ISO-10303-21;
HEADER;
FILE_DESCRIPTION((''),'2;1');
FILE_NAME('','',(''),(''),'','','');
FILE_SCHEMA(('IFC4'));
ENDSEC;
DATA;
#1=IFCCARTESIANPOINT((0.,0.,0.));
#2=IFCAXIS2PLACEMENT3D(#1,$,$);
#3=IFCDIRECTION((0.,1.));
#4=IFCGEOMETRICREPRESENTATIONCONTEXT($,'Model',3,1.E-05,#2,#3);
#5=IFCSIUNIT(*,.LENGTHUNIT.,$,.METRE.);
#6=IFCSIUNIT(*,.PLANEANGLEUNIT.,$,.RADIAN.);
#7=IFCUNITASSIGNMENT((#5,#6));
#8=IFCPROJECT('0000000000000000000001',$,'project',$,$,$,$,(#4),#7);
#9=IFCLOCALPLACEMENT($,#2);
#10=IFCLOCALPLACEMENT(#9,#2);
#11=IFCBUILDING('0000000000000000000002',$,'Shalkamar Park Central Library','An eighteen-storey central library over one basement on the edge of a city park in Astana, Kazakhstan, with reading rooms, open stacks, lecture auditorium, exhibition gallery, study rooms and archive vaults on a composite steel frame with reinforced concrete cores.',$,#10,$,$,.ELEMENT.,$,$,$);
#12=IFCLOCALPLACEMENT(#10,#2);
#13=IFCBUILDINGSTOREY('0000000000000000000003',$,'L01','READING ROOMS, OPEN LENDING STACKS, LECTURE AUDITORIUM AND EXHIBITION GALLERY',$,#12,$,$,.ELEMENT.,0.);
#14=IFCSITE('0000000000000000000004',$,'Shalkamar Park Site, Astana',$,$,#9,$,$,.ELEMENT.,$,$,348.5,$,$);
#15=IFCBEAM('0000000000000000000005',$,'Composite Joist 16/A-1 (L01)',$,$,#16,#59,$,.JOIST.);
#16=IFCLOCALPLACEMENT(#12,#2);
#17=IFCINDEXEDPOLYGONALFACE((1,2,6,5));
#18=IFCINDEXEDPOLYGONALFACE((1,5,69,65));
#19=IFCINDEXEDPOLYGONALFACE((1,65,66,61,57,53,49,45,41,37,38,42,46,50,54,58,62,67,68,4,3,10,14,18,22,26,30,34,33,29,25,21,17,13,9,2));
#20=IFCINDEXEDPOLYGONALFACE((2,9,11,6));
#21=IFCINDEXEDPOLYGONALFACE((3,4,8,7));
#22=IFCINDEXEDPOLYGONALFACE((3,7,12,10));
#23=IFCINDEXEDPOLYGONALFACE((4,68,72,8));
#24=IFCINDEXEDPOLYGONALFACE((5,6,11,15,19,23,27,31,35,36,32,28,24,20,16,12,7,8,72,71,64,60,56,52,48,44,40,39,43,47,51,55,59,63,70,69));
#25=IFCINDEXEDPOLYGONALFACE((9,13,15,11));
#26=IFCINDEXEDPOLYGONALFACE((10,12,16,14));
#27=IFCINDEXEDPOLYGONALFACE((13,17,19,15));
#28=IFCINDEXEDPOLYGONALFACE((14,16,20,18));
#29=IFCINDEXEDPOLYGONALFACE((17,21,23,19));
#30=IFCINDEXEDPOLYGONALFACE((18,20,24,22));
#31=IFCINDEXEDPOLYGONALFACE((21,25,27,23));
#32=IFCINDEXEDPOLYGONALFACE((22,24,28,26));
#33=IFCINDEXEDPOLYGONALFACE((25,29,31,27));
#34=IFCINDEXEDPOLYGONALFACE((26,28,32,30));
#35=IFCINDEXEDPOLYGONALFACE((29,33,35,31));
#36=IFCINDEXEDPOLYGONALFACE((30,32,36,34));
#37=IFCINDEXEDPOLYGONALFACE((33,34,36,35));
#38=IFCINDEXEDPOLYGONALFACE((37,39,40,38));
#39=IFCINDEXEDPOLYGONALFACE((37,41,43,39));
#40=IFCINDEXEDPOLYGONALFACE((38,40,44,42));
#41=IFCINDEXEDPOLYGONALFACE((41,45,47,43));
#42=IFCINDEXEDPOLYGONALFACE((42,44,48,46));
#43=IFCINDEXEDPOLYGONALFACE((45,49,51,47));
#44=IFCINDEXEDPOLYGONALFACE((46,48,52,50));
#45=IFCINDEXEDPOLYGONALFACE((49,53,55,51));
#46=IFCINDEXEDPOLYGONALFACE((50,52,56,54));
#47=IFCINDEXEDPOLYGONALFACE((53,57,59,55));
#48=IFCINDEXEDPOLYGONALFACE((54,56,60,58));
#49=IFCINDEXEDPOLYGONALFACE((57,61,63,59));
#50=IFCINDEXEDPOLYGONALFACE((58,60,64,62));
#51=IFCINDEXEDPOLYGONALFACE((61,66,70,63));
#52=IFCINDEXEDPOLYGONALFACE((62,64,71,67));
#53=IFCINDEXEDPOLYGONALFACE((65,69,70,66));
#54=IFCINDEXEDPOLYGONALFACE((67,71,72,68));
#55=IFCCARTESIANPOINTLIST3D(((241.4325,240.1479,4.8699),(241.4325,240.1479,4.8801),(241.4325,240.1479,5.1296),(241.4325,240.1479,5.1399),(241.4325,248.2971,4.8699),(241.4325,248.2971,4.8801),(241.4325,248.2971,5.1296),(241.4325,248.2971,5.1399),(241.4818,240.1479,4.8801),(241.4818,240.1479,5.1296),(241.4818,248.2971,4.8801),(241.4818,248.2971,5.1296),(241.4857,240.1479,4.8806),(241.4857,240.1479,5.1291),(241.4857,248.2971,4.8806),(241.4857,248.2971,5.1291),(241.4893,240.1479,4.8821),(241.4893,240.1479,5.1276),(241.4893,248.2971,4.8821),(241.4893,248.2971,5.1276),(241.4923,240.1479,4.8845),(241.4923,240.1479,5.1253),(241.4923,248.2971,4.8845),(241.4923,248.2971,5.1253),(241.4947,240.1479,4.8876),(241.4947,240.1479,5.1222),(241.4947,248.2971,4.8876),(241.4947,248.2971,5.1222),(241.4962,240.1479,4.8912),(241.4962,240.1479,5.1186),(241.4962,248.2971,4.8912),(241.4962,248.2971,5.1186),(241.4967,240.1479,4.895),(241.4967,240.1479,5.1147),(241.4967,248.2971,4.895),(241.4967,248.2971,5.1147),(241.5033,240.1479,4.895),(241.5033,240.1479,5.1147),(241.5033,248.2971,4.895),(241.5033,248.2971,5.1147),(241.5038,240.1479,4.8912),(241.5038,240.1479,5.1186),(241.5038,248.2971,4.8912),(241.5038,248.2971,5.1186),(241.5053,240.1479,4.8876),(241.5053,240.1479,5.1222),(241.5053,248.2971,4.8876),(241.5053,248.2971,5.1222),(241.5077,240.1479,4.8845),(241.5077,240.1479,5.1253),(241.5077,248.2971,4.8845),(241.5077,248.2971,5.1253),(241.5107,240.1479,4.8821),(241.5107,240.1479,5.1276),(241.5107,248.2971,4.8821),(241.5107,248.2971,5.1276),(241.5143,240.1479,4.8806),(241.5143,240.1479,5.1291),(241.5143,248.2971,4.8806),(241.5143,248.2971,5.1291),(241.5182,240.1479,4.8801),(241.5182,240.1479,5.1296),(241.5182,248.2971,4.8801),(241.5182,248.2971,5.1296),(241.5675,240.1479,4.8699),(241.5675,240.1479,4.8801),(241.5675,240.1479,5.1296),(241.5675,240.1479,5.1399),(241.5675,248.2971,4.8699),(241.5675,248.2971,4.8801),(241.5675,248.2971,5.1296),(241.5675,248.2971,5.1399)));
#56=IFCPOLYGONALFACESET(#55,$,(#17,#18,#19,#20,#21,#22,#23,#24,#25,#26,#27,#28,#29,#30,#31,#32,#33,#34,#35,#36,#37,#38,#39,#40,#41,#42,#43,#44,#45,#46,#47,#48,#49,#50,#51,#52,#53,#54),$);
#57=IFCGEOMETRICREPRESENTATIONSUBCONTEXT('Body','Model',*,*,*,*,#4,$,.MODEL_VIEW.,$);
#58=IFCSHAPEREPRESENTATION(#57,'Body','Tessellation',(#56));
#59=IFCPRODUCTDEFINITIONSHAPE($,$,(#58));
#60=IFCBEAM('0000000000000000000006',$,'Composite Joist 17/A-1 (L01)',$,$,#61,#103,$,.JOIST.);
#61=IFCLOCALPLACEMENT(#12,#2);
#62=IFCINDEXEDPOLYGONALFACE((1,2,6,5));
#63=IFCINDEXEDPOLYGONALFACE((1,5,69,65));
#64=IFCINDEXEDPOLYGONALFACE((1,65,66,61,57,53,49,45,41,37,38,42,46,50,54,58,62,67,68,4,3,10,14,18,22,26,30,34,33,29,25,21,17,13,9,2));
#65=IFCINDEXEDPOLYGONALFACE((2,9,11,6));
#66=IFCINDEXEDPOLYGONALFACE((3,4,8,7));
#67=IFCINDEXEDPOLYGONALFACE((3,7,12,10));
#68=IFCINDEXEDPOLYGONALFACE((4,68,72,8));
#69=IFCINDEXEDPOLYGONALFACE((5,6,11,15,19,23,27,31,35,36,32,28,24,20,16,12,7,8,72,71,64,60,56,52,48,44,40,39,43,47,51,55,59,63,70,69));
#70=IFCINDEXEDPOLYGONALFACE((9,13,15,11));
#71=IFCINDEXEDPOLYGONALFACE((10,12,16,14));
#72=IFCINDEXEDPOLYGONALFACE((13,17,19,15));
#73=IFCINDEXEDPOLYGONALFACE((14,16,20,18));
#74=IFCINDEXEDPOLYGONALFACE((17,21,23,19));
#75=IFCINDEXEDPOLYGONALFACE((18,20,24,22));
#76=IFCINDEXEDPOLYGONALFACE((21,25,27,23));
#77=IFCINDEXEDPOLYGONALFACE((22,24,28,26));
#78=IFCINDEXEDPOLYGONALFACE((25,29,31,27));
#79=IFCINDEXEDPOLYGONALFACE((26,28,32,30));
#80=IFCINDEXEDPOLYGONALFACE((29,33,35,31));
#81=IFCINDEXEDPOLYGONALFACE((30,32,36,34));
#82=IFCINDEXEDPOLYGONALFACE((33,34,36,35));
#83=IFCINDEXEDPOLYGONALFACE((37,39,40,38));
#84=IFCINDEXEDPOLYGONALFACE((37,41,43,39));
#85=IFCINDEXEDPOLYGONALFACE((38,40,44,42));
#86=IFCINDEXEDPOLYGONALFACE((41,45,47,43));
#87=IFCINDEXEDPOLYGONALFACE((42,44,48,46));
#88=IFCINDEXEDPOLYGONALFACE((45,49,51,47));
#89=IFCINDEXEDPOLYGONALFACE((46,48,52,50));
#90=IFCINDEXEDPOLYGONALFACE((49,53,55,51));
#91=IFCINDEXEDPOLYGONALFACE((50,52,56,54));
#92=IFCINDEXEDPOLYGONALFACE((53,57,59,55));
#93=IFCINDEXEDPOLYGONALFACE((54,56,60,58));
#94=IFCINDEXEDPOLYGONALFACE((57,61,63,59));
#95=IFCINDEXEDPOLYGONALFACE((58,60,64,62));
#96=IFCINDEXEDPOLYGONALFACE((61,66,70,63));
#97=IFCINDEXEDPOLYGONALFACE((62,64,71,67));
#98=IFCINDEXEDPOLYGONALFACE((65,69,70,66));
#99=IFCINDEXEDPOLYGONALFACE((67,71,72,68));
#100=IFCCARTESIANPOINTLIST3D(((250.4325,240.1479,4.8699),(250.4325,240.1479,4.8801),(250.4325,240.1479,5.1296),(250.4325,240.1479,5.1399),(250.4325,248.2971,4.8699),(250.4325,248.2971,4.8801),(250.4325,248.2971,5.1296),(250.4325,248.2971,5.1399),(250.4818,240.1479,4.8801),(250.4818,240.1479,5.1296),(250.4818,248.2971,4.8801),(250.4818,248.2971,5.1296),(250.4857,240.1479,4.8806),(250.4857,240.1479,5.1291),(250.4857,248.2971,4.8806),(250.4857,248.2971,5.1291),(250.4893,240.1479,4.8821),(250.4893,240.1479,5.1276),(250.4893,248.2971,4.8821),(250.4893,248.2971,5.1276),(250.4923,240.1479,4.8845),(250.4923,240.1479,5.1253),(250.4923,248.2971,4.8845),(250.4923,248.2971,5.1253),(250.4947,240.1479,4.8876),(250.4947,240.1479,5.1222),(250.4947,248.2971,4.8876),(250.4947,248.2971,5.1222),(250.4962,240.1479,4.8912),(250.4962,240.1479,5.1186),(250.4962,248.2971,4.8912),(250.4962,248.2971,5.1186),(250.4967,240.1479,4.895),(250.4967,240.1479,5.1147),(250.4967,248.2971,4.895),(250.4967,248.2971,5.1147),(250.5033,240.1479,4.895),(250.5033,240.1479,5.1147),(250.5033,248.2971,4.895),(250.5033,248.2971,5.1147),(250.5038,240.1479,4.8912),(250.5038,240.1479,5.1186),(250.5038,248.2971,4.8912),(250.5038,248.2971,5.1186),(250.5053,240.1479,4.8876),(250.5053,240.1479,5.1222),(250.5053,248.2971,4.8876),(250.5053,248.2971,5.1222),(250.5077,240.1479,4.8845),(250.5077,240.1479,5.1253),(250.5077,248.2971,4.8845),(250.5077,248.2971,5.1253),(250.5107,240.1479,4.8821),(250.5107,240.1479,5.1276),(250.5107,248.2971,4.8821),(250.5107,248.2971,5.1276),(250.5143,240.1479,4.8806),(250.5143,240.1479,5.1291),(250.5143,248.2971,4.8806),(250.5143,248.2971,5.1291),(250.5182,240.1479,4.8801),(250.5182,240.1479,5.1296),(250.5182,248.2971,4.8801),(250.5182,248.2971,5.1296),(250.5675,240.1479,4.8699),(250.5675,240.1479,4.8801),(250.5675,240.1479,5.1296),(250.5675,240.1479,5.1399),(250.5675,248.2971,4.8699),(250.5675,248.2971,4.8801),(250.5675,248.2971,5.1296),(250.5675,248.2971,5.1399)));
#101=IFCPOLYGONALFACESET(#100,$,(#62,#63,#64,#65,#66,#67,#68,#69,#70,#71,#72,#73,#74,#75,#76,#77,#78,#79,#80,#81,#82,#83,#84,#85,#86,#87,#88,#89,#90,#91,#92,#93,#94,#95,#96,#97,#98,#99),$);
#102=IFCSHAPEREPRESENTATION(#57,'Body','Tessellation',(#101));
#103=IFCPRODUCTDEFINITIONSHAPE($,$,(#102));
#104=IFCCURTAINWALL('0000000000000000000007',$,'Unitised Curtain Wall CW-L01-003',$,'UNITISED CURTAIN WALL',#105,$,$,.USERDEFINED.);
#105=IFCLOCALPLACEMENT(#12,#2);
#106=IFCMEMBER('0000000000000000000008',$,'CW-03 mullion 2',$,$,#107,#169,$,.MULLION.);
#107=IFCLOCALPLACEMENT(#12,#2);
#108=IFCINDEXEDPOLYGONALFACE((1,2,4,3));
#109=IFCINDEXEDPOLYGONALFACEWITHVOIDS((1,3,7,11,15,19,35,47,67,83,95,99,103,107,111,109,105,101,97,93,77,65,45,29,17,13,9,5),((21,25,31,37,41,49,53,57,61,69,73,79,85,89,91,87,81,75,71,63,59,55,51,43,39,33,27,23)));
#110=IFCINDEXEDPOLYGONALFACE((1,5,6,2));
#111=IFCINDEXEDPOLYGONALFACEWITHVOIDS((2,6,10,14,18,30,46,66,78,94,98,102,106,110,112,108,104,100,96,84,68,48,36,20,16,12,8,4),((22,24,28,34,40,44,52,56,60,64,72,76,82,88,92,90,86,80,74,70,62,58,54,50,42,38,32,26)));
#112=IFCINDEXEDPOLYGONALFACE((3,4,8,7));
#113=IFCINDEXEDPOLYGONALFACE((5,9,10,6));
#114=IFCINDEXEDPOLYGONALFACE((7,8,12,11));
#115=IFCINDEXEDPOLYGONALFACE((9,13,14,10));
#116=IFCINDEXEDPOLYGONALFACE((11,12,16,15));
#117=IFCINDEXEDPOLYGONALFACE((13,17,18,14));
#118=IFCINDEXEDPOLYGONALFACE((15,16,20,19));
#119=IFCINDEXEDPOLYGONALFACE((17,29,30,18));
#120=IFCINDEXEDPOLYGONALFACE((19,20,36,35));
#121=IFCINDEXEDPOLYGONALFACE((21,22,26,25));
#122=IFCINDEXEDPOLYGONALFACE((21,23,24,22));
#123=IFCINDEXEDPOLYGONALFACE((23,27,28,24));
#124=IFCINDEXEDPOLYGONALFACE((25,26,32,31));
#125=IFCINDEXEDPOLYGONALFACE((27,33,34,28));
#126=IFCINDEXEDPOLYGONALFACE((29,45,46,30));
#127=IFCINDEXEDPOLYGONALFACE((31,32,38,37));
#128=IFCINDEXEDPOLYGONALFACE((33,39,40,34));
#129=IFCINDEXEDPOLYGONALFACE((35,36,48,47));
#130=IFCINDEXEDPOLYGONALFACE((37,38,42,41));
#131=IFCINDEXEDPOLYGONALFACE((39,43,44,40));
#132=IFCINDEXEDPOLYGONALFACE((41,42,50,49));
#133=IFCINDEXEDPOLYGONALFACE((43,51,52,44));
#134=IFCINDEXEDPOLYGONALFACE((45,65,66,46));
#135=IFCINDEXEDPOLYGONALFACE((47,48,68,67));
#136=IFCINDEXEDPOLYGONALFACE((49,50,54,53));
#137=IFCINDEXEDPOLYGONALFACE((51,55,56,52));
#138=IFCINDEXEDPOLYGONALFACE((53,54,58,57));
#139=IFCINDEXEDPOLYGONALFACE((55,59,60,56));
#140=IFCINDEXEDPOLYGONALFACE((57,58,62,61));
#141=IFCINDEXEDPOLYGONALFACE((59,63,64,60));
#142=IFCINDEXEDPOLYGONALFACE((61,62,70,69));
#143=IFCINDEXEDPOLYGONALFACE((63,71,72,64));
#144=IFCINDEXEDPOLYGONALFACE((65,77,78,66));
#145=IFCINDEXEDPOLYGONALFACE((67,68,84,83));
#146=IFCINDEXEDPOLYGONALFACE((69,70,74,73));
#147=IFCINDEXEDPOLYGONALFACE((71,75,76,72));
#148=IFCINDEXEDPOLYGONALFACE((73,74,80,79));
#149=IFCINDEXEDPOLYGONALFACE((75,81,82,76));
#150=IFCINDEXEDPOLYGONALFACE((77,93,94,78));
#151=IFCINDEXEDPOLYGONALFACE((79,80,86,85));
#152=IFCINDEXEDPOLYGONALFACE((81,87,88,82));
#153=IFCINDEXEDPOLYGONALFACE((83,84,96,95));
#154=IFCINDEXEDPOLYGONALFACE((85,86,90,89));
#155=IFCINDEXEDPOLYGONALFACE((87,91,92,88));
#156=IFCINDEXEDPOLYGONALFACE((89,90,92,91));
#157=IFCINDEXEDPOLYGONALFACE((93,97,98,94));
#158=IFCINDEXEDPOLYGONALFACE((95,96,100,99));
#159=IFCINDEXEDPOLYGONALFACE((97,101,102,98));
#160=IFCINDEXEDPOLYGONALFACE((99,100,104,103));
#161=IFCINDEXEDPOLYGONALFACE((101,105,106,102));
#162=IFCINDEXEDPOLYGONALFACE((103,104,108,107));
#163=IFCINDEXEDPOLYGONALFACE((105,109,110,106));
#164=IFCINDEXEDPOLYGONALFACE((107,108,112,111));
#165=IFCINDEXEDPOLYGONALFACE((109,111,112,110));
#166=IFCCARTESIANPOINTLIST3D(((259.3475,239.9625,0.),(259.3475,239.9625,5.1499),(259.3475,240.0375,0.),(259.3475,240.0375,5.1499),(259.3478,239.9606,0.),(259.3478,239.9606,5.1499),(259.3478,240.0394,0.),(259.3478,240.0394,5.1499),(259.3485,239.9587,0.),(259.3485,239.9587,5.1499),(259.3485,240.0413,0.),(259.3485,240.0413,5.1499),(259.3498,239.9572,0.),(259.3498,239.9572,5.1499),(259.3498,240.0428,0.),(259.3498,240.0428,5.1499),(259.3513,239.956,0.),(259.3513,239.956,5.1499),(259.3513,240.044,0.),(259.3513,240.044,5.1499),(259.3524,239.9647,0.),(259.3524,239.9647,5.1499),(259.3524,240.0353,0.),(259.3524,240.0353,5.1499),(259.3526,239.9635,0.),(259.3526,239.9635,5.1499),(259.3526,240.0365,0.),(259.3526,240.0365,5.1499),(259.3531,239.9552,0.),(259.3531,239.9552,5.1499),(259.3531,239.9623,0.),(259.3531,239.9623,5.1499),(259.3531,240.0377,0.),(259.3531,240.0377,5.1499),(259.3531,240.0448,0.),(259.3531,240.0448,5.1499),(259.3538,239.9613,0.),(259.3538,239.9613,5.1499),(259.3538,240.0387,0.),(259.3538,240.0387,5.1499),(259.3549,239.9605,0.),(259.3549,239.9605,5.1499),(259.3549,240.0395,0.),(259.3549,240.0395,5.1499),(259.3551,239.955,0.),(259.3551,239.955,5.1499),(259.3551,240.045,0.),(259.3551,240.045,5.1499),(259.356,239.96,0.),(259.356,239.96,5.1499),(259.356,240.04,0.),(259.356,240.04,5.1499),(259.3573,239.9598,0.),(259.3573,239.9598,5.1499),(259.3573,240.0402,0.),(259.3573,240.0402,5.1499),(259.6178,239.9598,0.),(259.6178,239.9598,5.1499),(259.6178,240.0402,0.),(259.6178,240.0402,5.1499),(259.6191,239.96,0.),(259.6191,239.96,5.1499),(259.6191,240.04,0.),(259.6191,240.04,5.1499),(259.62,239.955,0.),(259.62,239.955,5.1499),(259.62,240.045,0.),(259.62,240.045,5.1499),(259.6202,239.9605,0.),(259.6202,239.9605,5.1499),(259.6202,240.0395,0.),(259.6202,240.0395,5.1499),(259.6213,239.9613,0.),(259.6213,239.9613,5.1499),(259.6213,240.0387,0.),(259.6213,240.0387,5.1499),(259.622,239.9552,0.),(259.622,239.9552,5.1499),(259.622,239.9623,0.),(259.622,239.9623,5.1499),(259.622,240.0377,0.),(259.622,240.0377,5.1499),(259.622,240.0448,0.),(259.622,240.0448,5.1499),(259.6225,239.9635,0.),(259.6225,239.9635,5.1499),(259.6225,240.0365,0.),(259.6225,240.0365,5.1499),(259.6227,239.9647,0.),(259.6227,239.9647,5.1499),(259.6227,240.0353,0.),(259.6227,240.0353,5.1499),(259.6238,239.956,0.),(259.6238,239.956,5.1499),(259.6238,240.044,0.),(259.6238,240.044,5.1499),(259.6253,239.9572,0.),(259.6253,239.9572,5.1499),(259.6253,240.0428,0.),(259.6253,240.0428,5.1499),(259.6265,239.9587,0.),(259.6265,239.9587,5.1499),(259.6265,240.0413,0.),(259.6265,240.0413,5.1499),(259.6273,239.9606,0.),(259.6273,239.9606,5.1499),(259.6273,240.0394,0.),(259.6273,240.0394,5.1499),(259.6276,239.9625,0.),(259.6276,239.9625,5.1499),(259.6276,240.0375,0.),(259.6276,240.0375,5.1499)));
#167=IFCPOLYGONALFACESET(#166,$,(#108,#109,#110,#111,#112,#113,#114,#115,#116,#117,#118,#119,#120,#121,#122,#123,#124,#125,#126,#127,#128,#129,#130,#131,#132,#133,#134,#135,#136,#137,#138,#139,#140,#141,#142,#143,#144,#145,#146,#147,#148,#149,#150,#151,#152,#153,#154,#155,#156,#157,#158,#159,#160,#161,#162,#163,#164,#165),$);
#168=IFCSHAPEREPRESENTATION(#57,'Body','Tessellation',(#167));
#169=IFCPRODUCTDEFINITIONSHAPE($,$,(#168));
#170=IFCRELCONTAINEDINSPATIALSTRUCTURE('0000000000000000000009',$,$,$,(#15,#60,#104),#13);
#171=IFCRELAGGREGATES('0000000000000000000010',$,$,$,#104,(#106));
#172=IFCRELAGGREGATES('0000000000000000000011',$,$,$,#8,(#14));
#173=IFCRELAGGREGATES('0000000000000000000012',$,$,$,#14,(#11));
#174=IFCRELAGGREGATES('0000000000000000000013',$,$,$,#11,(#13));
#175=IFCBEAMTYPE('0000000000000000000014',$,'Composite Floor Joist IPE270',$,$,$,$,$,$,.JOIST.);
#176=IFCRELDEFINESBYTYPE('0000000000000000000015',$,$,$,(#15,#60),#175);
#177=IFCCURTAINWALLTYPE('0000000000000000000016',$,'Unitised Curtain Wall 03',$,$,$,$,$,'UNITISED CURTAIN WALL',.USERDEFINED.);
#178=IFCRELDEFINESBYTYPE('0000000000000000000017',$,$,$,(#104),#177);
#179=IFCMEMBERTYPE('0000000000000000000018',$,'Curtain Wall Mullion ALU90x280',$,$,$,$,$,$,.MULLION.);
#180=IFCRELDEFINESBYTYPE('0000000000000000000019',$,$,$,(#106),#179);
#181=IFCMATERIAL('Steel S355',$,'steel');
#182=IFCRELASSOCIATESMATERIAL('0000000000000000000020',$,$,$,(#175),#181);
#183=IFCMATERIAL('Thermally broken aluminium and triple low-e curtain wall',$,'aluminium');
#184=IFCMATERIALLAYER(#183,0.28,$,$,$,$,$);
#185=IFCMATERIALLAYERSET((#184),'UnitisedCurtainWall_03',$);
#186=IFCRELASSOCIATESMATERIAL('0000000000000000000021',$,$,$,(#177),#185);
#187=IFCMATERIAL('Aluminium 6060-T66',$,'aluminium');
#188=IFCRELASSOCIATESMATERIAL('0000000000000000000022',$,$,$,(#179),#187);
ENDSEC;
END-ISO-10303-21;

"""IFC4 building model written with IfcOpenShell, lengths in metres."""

from ifc_helpers import new_model, si_unit, direction, frame, origin, origin_2d, place, context, subcontext, project, spatial, hollow_rectangle, i_section, extrude, material, layer, layer_set, material_profile, profile_set, type_object, element, aggregate, save


model = new_model("IFC4")

# Units and contexts
model_context = context("Model", 3, precision=1e-05, world=origin(), true_north=direction((0.0, 1.0)))
body_context = subcontext(model_context, "Body", "Model", "MODEL_VIEW")
ifc_project = project(units=[si_unit("LENGTHUNIT", "METRE"), si_unit("PLANEANGLEUNIT", "RADIAN")], contexts=[model_context])

# Site, building, storey
site_placement = place(None, origin())
site = spatial("IfcSite", under=ifc_project, at=site_placement, Name="Shalkamar Park Site, Astana", CompositionType="ELEMENT", RefElevation=348.5)
building_placement = place(site_placement, origin())
building = spatial("IfcBuilding", under=site, at=building_placement, Name="Shalkamar Park Central Library", Description="An eighteen-storey central library over one basement on the edge of a city park in Astana, Kazakhstan, with reading rooms, open stacks, lecture auditorium, exhibition gallery, study rooms and archive vaults on a composite steel frame with reinforced concrete cores.", CompositionType="ELEMENT")
storey_placement = place(building_placement, origin())
storey = spatial("IfcBuildingStorey", under=building, at=storey_placement, Name="L01", Description="READING ROOMS, OPEN LENDING STACKS, LECTURE AUDITORIUM AND EXHIBITION GALLERY", CompositionType="ELEMENT", Elevation=0.0)

# Shared definitions
ifc_material_1 = material(Name="Steel S355", Category="steel")

# Beams
ifc_material_profile_1 = material_profile(ifc_material_1, i_section(OverallWidth=0.135, OverallDepth=0.27, WebThickness=0.0066, FlangeThickness=0.0103, FilletRadius=0.0149, at=origin_2d()), Name="IPE 270")
ifc_profile_set_1 = profile_set([ifc_material_profile_1], Name="Steel S355")
beam_type_1 = type_object("IfcBeamType", Name="Composite Floor Joist IPE270", PredefinedType="JOIST", material=ifc_profile_set_1)
for number, where, z_axis, x_axis, name in (
    (1, (241.5, 240.1479, 5.0049), (0.0, 1.0, 0.0), (-1.0, 0.0, 0.0), "Composite Joist 16/A-1 (L01)"),
    (2, (250.5, 240.1479, 5.0049), (0.0, 1.0, 0.0), (-1.0, 0.0, 0.0), "Composite Joist 17/A-1 (L01)"),
):
    element("IfcBeam", number, at=place(storey_placement, frame(where, z_axis=z_axis, x_axis=x_axis)), inside=storey, type_object=beam_type_1, Name=name, PredefinedType="JOIST", context=body_context, shape_type="SweptSolid", body=[
        extrude(i_section(OverallWidth=0.135, OverallDepth=0.27, WebThickness=0.0066, FlangeThickness=0.0103, FilletRadius=0.0149, at=origin_2d()), origin(), (0.0, 0.0, 1.0), 8.1492),
    ])

# Curtain wall, member
ifc_material_2 = material(Name="Thermally broken aluminium and triple low-e curtain wall", Category="aluminium")
ifc_layer_1 = layer(ifc_material_2, 0.28)
ifc_layer_set_1 = layer_set([ifc_layer_1], Name="UnitisedCurtainWall_03")
curtain_wall_type = type_object("IfcCurtainWallType", Name="Unitised Curtain Wall 03", ElementType="UNITISED CURTAIN WALL", PredefinedType="USERDEFINED", material=ifc_layer_set_1)
curtain_wall_placement = place(storey_placement, origin())
curtain_wall = element("IfcCurtainWall", 3, at=curtain_wall_placement, inside=storey, type_object=curtain_wall_type, Name="Unitised Curtain Wall CW-L01-003", ObjectType="UNITISED CURTAIN WALL", PredefinedType="USERDEFINED")
ifc_material_3 = material(Name="Aluminium 6060-T66", Category="aluminium")
ifc_material_profile_2 = material_profile(ifc_material_3, hollow_rectangle(XDim=0.0901, YDim=0.28, WallThickness=0.0049, InnerFilletRadius=0.0049, OuterFilletRadius=0.0076, at=origin_2d()), Name="ALU 90x280x5")
ifc_profile_set_2 = profile_set([ifc_material_profile_2], Name="Aluminium 6060-T66")
member_type = type_object("IfcMemberType", Name="Curtain Wall Mullion ALU90x280", PredefinedType="MULLION", material=ifc_profile_set_2)
member_placement = place(storey_placement, frame((259.4875, 240.0, 0.0), z_axis=(0.0, 0.0, 1.0), x_axis=(0.0, 1.0, 0.0)))
member = element("IfcMember", 4, at=member_placement, type_object=member_type, Name="CW-03 mullion 2", PredefinedType="MULLION", context=body_context, shape_type="SweptSolid", body=[
    extrude(hollow_rectangle(XDim=0.0901, YDim=0.28, WallThickness=0.0049, InnerFilletRadius=0.0049, OuterFilletRadius=0.0076, at=origin_2d()), origin(), (0.0, 0.0, 1.0), 5.1499),
])

aggregate(curtain_wall, [member])

save(model, "model.ifc")
